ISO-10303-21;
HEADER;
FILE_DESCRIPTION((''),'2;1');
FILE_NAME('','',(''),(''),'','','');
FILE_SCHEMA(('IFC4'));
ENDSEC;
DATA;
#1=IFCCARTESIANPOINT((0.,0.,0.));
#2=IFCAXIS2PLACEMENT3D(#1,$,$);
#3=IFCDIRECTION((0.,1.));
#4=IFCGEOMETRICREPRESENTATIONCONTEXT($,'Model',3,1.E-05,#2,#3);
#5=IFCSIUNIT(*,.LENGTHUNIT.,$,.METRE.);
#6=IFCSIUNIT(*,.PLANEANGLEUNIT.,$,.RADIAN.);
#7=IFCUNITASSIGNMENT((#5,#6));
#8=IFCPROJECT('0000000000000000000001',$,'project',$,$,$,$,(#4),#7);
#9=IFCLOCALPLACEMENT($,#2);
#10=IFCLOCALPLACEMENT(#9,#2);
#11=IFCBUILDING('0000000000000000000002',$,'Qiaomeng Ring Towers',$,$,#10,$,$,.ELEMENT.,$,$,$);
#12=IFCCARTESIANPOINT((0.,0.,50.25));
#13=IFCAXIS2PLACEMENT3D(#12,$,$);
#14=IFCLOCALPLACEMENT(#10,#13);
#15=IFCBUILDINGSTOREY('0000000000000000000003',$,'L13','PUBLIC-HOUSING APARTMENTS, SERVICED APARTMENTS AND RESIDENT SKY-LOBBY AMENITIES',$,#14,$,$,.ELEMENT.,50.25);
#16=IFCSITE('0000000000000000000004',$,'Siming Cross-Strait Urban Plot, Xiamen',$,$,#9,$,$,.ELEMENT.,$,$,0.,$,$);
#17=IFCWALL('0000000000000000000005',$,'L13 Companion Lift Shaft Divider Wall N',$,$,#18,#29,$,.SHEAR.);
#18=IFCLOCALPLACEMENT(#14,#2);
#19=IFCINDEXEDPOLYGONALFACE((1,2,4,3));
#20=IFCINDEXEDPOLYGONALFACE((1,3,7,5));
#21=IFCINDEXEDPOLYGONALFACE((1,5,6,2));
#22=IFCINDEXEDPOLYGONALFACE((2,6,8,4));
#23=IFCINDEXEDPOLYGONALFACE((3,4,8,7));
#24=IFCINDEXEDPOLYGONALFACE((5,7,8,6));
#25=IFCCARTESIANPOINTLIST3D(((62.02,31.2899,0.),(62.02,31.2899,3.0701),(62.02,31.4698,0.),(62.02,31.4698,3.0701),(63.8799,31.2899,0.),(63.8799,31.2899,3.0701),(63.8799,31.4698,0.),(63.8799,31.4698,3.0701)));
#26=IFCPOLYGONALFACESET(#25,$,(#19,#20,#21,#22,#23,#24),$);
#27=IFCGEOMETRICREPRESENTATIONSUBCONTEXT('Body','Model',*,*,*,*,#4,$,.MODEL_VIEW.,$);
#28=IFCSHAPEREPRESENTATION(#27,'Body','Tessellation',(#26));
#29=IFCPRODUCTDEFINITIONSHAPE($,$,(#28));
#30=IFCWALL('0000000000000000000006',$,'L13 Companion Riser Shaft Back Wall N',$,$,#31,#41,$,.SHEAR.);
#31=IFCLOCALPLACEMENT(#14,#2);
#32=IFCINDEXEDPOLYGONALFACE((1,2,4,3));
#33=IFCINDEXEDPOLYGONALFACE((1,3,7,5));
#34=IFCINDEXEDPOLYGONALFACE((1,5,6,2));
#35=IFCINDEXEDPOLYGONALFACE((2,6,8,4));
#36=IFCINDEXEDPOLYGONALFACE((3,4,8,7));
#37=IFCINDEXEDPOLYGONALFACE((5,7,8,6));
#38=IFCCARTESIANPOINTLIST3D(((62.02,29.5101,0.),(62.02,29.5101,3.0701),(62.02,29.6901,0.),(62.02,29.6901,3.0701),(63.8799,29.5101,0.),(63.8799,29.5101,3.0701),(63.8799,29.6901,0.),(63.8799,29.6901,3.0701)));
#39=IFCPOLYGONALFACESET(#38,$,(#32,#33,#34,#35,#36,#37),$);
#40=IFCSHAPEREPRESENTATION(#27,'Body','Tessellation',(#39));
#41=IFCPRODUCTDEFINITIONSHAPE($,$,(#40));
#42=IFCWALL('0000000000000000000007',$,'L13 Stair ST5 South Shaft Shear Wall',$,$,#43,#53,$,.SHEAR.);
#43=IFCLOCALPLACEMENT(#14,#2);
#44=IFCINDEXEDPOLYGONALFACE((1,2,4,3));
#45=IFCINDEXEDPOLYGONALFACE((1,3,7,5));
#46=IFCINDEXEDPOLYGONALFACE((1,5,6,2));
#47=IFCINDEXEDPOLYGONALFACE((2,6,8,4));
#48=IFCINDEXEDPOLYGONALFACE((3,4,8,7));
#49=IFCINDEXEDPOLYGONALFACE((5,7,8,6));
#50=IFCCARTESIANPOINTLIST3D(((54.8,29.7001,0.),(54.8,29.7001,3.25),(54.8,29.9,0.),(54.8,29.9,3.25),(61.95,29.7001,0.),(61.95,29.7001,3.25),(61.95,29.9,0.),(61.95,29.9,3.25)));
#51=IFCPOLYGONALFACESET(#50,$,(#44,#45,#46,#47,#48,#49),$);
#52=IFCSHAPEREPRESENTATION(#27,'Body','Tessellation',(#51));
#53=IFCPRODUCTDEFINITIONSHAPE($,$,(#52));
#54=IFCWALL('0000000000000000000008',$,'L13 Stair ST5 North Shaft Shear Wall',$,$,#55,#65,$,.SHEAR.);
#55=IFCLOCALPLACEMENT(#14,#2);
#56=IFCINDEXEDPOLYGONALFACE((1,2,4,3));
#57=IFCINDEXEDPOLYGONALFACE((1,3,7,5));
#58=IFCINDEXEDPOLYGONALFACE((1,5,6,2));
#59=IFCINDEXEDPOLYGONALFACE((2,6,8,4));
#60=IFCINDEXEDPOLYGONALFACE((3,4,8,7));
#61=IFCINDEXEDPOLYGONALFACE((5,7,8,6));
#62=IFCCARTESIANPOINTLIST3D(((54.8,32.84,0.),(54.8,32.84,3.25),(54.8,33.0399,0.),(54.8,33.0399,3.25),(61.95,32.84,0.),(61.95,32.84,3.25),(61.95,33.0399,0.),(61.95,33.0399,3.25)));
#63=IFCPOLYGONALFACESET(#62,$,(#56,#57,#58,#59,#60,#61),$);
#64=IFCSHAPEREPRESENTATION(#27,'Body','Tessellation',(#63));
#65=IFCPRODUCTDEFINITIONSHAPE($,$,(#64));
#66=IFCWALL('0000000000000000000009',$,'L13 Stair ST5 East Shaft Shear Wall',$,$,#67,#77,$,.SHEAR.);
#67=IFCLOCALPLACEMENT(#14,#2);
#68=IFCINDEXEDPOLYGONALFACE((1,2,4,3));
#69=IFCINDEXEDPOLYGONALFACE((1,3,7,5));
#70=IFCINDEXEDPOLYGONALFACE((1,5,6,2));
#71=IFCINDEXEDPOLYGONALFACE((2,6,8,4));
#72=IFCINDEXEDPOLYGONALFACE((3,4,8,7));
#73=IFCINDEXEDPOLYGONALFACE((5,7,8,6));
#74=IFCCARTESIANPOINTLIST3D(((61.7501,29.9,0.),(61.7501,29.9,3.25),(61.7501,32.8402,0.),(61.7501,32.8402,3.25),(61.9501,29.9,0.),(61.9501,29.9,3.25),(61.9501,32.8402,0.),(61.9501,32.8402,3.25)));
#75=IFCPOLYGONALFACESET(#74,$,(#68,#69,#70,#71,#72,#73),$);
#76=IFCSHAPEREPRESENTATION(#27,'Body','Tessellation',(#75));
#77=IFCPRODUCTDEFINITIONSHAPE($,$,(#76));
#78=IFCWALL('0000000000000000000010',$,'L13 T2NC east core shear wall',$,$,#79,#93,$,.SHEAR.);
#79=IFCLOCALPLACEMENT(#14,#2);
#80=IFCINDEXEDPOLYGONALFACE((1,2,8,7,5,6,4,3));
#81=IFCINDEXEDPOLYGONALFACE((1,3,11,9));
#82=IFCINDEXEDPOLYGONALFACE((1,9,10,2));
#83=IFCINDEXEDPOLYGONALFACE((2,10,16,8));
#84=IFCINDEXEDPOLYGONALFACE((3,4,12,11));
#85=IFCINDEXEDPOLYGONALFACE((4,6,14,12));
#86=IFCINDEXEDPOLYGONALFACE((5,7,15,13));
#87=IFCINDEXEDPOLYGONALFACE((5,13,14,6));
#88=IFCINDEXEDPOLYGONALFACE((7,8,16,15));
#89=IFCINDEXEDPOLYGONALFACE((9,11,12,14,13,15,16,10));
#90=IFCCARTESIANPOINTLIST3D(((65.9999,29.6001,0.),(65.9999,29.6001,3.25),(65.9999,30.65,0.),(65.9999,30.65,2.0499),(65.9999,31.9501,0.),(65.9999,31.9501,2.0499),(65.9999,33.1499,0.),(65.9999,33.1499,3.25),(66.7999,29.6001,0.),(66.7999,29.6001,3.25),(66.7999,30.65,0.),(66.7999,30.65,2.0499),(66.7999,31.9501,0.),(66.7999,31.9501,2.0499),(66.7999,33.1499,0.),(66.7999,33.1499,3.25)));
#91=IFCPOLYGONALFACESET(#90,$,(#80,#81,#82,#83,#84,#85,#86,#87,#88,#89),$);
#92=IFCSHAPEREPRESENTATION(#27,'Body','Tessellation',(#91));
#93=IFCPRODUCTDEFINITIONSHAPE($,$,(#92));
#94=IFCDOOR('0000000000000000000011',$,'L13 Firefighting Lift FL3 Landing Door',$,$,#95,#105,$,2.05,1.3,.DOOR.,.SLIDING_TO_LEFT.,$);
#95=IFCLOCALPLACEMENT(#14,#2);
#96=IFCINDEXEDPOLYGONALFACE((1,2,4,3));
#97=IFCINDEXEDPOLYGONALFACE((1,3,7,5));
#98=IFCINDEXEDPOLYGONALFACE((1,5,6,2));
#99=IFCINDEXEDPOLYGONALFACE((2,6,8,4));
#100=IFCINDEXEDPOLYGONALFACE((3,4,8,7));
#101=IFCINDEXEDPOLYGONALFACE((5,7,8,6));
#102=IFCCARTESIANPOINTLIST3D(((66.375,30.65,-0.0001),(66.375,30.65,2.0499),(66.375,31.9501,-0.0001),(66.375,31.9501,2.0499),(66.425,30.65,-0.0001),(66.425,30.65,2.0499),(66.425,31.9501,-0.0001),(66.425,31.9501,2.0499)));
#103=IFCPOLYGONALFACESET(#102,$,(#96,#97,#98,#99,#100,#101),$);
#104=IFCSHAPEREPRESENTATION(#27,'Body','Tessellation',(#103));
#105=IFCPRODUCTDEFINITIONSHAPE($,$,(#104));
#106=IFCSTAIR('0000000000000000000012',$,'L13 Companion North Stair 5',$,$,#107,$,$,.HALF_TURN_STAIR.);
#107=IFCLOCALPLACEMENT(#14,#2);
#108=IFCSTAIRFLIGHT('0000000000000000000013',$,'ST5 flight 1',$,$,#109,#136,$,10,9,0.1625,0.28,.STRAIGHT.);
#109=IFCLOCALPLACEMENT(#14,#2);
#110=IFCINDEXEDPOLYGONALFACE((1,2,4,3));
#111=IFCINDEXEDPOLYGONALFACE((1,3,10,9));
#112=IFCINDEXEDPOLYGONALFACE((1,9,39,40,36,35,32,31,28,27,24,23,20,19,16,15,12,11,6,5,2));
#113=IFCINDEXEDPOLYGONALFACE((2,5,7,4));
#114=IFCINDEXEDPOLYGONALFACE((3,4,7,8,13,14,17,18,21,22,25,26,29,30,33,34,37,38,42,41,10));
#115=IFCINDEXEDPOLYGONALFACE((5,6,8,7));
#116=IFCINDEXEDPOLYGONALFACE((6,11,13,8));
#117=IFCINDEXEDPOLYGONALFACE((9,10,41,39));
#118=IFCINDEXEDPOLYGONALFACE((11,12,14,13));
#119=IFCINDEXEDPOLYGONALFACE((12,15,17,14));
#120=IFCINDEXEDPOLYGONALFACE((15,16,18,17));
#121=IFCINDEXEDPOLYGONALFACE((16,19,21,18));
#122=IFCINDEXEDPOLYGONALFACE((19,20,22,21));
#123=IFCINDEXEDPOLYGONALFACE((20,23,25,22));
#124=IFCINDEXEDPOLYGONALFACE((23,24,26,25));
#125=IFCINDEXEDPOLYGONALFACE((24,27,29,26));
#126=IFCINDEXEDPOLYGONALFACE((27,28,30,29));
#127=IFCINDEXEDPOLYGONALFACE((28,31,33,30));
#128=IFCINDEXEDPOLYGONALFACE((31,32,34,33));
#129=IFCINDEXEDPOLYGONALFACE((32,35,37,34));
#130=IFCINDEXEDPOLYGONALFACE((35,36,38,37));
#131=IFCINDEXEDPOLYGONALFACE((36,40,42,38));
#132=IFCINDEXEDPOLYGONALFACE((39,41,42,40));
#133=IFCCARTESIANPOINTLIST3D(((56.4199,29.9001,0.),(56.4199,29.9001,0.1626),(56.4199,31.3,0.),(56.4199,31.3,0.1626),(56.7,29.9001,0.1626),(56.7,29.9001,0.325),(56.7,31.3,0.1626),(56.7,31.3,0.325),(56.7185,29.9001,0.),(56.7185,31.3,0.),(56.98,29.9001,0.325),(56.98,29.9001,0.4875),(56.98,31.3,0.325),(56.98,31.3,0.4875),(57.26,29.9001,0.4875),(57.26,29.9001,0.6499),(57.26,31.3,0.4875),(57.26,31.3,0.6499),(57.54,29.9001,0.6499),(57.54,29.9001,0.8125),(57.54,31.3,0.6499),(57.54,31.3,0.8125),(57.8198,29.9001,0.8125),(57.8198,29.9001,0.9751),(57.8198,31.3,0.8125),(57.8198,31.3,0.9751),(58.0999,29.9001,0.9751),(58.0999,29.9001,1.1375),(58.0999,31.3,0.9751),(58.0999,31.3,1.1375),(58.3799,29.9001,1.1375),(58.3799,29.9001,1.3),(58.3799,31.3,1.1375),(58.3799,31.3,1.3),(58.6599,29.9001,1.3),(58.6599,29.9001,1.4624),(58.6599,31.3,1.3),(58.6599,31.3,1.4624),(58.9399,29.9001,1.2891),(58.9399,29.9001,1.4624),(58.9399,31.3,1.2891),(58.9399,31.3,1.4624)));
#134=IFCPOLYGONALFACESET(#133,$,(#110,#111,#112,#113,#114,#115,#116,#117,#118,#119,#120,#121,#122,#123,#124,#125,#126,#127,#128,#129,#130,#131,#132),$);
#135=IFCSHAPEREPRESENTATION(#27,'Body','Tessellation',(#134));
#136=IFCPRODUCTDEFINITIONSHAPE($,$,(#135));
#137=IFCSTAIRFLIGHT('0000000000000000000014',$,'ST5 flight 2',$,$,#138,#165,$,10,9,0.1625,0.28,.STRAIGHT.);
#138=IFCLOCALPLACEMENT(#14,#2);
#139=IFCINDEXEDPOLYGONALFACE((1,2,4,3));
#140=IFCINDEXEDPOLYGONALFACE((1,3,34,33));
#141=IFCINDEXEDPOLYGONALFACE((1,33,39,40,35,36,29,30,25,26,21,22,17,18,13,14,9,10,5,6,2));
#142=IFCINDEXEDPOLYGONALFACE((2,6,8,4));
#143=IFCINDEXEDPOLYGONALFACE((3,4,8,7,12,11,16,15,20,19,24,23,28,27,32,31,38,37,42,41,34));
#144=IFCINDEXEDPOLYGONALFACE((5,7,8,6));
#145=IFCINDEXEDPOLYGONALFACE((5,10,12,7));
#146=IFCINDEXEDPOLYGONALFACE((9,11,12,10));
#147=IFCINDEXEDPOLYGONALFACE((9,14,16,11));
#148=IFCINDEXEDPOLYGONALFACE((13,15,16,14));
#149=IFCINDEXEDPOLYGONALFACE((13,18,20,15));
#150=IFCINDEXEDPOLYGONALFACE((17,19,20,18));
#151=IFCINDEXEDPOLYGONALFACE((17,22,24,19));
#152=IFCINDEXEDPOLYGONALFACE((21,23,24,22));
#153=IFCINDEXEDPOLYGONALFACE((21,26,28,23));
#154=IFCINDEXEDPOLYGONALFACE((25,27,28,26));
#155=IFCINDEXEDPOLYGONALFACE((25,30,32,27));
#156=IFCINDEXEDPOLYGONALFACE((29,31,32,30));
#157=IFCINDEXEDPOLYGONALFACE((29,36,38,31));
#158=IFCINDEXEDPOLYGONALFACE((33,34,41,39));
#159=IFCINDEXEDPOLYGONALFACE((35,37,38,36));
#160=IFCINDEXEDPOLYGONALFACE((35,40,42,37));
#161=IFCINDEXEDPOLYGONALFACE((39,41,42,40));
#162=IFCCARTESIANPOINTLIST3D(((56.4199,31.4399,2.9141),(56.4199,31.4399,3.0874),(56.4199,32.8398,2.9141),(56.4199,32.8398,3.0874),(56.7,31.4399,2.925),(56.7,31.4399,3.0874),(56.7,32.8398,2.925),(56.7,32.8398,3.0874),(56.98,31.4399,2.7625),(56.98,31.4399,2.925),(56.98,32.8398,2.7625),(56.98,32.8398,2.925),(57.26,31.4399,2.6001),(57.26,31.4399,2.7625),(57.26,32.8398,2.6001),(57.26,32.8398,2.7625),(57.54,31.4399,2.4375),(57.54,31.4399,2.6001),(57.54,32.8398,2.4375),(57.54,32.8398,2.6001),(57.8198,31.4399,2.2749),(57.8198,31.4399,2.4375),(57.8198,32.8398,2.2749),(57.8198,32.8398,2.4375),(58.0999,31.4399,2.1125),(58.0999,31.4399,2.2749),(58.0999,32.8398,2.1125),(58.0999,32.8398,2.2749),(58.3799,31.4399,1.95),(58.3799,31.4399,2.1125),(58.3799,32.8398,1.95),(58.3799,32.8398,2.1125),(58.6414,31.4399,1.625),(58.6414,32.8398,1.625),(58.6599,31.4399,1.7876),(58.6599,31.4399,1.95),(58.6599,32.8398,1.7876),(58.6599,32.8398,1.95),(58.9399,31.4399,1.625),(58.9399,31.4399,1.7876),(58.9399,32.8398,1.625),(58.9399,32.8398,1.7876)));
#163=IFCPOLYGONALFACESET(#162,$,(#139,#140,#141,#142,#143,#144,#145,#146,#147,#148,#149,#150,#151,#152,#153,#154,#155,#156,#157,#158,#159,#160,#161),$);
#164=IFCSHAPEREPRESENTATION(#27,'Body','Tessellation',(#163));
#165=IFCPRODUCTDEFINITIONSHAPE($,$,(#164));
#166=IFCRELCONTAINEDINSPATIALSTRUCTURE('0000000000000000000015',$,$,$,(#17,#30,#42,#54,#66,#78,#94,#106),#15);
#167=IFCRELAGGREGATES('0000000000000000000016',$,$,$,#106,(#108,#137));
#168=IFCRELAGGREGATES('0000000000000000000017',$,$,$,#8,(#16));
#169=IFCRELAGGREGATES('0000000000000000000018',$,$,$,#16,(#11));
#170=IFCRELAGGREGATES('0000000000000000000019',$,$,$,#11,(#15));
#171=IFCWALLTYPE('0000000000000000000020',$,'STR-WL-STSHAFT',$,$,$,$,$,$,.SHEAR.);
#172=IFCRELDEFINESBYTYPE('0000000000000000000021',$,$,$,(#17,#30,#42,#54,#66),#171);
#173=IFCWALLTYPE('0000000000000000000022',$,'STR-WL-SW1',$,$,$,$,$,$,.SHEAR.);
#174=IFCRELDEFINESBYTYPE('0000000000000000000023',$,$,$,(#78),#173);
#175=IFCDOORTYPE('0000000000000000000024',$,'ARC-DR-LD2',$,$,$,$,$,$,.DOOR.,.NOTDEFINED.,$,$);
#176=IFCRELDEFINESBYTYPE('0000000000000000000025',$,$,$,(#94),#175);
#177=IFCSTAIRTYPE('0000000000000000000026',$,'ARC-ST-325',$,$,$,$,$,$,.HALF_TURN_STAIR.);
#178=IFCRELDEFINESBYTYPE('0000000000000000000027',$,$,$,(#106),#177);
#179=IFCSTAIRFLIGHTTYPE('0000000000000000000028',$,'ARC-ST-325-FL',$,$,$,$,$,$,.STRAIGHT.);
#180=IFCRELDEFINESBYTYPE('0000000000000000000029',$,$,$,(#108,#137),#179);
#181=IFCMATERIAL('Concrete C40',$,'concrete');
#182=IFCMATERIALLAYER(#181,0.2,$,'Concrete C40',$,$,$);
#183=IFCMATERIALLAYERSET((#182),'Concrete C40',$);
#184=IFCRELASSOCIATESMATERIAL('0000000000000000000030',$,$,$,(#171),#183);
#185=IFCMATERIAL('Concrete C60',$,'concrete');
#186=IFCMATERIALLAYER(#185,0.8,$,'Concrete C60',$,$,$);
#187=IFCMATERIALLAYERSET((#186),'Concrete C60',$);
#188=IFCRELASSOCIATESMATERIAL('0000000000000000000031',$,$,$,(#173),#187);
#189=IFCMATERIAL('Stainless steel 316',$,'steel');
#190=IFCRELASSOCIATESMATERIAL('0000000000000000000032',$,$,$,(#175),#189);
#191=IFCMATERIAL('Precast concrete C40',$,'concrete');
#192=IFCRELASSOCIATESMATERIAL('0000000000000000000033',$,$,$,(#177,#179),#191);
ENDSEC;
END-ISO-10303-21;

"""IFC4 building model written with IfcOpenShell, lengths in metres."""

from ifc_helpers import new_model, si_unit, direction, frame, frame_2d, origin, place, context, subcontext, project, spatial, polyline, rectangle, outline, extrude, source, transform, mapped, material, layer, layer_set, type_object, element, fill, aggregate, save


model = new_model("IFC4")

# Units and contexts
model_context = context("Model", 3, precision=1e-05, world=origin(), true_north=direction((0.0, 1.0)))
body_context = subcontext(model_context, "Body", "Model", "MODEL_VIEW")
ifc_project = project(units=[si_unit("LENGTHUNIT", "METRE"), si_unit("PLANEANGLEUNIT", "RADIAN")], contexts=[model_context])

# Site, building, storey
site_placement = place(None, origin())
site = spatial("IfcSite", under=ifc_project, at=site_placement, Name="Siming Cross-Strait Urban Plot, Xiamen", CompositionType="ELEMENT", RefElevation=0.0)
building_placement = place(site_placement, origin())
building = spatial("IfcBuilding", under=site, at=building_placement, Name="Qiaomeng Ring Towers", CompositionType="ELEMENT")
storey_placement = place(building_placement, frame((0.0, 0.0, 50.25)))
storey = spatial("IfcBuildingStorey", under=building, at=storey_placement, Name="L13", Description="PUBLIC-HOUSING APARTMENTS, SERVICED APARTMENTS AND RESIDENT SKY-LOBBY AMENITIES", CompositionType="ELEMENT", Elevation=50.25)

# Walls
ifc_material_1 = material(Name="Concrete C40", Category="concrete")
ifc_layer_1 = layer(ifc_material_1, 0.2, Name="Concrete C40")
ifc_layer_set_1 = layer_set([ifc_layer_1], Name="Concrete C40")
wall_type_1 = type_object("IfcWallType", Name="STR-WL-STSHAFT", PredefinedType="SHEAR", material=ifc_layer_set_1)
for number, where, z_axis, x_axis, name in (
    (1, (62.02, 31.3799, 0.0), (0.0, 0.0, 1.0), (1.0, 0.0, 0.0), "L13 Companion Lift Shaft Divider Wall N"),
    (2, (62.02, 29.6001, 0.0), (0.0, 0.0, 1.0), (1.0, 0.0, 0.0), "L13 Companion Riser Shaft Back Wall N"),
):
    element("IfcWall", number, at=place(storey_placement, frame(where, z_axis=z_axis, x_axis=x_axis)), inside=storey, type_object=wall_type_1, Name=name, PredefinedType="SHEAR", context=body_context, shape_type="SweptSolid", body=[
        extrude(rectangle(XDim=1.8599, YDim=0.1799, at=frame_2d((0.9299, 0.0))), origin(), (0.0, 0.0, 1.0), 3.0701),
    ])
for number, where, z_axis, x_axis, name in (
    (3, (54.8, 29.8, 0.0), (0.0, 0.0, 1.0), (1.0, 0.0, 0.0), "L13 Stair ST5 South Shaft Shear Wall"),
    (4, (54.8, 32.9399, 0.0), (0.0, 0.0, 1.0), (1.0, 0.0, 0.0), "L13 Stair ST5 North Shaft Shear Wall"),
):
    element("IfcWall", number, at=place(storey_placement, frame(where, z_axis=z_axis, x_axis=x_axis)), inside=storey, type_object=wall_type_1, Name=name, PredefinedType="SHEAR", context=body_context, shape_type="SweptSolid", body=[
        extrude(rectangle(XDim=7.1499, YDim=0.2, at=frame_2d((3.575, 0.0))), origin(), (0.0, 0.0, 1.0), 3.25),
    ])
wall_1_placement = place(storey_placement, frame((61.8501, 29.8999, 0.0), z_axis=(0.0, 0.0, 1.0), x_axis=(0.0, 1.0, 0.0)))
element("IfcWall", 5, at=wall_1_placement, inside=storey, type_object=wall_type_1, Name="L13 Stair ST5 East Shaft Shear Wall", PredefinedType="SHEAR", context=body_context, shape_type="SweptSolid", body=[
    extrude(rectangle(XDim=2.9402, YDim=0.2, at=frame_2d((1.4702, 0.0))), origin(), (0.0, 0.0, 1.0), 3.25),
])

# Wall, opening, door
ifc_material_2 = material(Name="Concrete C60", Category="concrete")
ifc_layer_2 = layer(ifc_material_2, 0.8, Name="Concrete C60")
ifc_layer_set_2 = layer_set([ifc_layer_2], Name="Concrete C60")
wall_type_2 = type_object("IfcWallType", Name="STR-WL-SW1", PredefinedType="SHEAR", material=ifc_layer_set_2)
wall_2_placement = place(storey_placement, frame((66.3999, 29.6001, 0.0), z_axis=(0.0, 0.0, 1.0), x_axis=(0.0, 1.0, 0.0)))
wall_2 = element("IfcWall", 6, at=wall_2_placement, inside=storey, type_object=wall_type_2, Name="L13 T2NC east core shear wall", PredefinedType="SHEAR", context=body_context, shape_type="SweptSolid", body=[
    extrude(rectangle(XDim=3.5498, YDim=0.8, at=frame_2d((1.7749, 0.0))), origin(), (0.0, 0.0, 1.0), 3.25),
])
opening_placement = place(wall_2_placement, frame((1.05, 0.0, 0.0)))
opening = element("IfcOpeningElement", 7, at=opening_placement, cuts=wall_2, PredefinedType="OPENING", context=body_context, shape_type="SweptSolid", body=[
    extrude(rectangle(XDim=1.3, YDim=2.05, at=frame_2d((0.6499, 1.0249))), frame((0.0, 0.4099, 0.0), z_axis=(0.0, -1.0, 0.0), x_axis=(1.0, 0.0, 0.0)), (0.0, 0.0, 1.0), 0.8201),
])
ifc_material_3 = material(Name="Stainless steel 316", Category="steel")
door_type = type_object("IfcDoorType", Name="ARC-DR-LD2", OperationType="NOTDEFINED", PredefinedType="DOOR", material=ifc_material_3)
shared_shape_1 = source(origin(), body_context, "Body", "SweptSolid", [
    extrude(rectangle(XDim=1.3, YDim=2.05, at=frame_2d((0.6499, 1.0249))), frame((0.0, 0.0249, 0.0), z_axis=(0.0, -1.0, 0.0), x_axis=(1.0, 0.0, 0.0)), (0.0, 0.0, 1.0), 0.05),
])
door_placement = place(opening_placement, origin())
door = element("IfcDoor", 8, at=door_placement, inside=storey, type_object=door_type, Name="L13 Firefighting Lift FL3 Landing Door", OperationType="SLIDING_TO_LEFT", OverallHeight=2.05, OverallWidth=1.3, PredefinedType="DOOR", context=body_context, shape_type="MappedRepresentation", body=[
    mapped(shared_shape_1, transform((0.0, 0.0, 0.0), x_axis=(1.0, 0.0, 0.0), y_axis=(0.0, 1.0, 0.0), z_axis=(0.0, 0.0, 1.0), scale=1.0)),
])
fill(opening, door)

# Stair, stair flights
ifc_material_4 = material(Name="Precast concrete C40", Category="concrete")
stair_type = type_object("IfcStairType", Name="ARC-ST-325", PredefinedType="HALF_TURN_STAIR", material=ifc_material_4)
stair_placement = place(storey_placement, origin())
stair = element("IfcStair", 9, at=stair_placement, inside=storey, type_object=stair_type, Name="L13 Companion North Stair 5", PredefinedType="HALF_TURN_STAIR")
stair_flight_type = type_object("IfcStairFlightType", Name="ARC-ST-325-FL", PredefinedType="STRAIGHT", material=ifc_material_4)
shared_shape_2 = source(origin(), body_context, "Body", "SweptSolid", [
    extrude(outline(polyline([(0.0, 0.0), (0.0, 0.1626), (0.28, 0.1626), (0.28, 0.325), (0.5601, 0.325), (0.5601, 0.4875), (0.8401, 0.4875), (0.8401, 0.6499), (1.1201, 0.6499), (1.1201, 0.8125), (1.3999, 0.8125), (1.3999, 0.9751), (1.6799, 0.9751), (1.6799, 1.1375), (1.96, 1.1375), (1.96, 1.3), (2.24, 1.3), (2.24, 1.4624), (2.52, 1.4624), (2.52, 1.625), (2.52, 1.2891), (0.2986, 0.0), (0.0, 0.0)])), frame((0.0, 0.7, 0.0), z_axis=(0.0, -1.0, 0.0), x_axis=(1.0, 0.0, 0.0)), (0.0, 0.0, 1.0), 1.3999),
])
stair_flight_1_placement = place(storey_placement, frame((56.4199, 30.6001, 0.0), z_axis=(0.0, 0.0, 1.0), x_axis=(1.0, 0.0, 0.0)))
stair_flight_1 = element("IfcStairFlight", 10, at=stair_flight_1_placement, type_object=stair_flight_type, Name="ST5 flight 1", NumberOfRisers=10, NumberOfTreads=9, PredefinedType="STRAIGHT", RiserHeight=0.1625, TreadLength=0.28, context=body_context, shape_type="MappedRepresentation", body=[
    mapped(shared_shape_2, transform((0.0, 0.0, 0.0), x_axis=(1.0, 0.0, 0.0), y_axis=(0.0, 1.0, 0.0), z_axis=(0.0, 0.0, 1.0), scale=1.0)),
])
stair_flight_2_placement = place(storey_placement, frame((58.9399, 32.1399, 1.625), z_axis=(0.0, 0.0, 1.0), x_axis=(-1.0, 0.0, 0.0)))
stair_flight_2 = element("IfcStairFlight", 11, at=stair_flight_2_placement, type_object=stair_flight_type, Name="ST5 flight 2", NumberOfRisers=10, NumberOfTreads=9, PredefinedType="STRAIGHT", RiserHeight=0.1625, TreadLength=0.28, context=body_context, shape_type="MappedRepresentation", body=[
    mapped(shared_shape_2, transform((0.0, 0.0, 0.0), x_axis=(1.0, 0.0, 0.0), y_axis=(0.0, 1.0, 0.0), z_axis=(0.0, 0.0, 1.0), scale=1.0)),
])
aggregate(stair, [stair_flight_1, stair_flight_2])

save(model, "model.ifc")
